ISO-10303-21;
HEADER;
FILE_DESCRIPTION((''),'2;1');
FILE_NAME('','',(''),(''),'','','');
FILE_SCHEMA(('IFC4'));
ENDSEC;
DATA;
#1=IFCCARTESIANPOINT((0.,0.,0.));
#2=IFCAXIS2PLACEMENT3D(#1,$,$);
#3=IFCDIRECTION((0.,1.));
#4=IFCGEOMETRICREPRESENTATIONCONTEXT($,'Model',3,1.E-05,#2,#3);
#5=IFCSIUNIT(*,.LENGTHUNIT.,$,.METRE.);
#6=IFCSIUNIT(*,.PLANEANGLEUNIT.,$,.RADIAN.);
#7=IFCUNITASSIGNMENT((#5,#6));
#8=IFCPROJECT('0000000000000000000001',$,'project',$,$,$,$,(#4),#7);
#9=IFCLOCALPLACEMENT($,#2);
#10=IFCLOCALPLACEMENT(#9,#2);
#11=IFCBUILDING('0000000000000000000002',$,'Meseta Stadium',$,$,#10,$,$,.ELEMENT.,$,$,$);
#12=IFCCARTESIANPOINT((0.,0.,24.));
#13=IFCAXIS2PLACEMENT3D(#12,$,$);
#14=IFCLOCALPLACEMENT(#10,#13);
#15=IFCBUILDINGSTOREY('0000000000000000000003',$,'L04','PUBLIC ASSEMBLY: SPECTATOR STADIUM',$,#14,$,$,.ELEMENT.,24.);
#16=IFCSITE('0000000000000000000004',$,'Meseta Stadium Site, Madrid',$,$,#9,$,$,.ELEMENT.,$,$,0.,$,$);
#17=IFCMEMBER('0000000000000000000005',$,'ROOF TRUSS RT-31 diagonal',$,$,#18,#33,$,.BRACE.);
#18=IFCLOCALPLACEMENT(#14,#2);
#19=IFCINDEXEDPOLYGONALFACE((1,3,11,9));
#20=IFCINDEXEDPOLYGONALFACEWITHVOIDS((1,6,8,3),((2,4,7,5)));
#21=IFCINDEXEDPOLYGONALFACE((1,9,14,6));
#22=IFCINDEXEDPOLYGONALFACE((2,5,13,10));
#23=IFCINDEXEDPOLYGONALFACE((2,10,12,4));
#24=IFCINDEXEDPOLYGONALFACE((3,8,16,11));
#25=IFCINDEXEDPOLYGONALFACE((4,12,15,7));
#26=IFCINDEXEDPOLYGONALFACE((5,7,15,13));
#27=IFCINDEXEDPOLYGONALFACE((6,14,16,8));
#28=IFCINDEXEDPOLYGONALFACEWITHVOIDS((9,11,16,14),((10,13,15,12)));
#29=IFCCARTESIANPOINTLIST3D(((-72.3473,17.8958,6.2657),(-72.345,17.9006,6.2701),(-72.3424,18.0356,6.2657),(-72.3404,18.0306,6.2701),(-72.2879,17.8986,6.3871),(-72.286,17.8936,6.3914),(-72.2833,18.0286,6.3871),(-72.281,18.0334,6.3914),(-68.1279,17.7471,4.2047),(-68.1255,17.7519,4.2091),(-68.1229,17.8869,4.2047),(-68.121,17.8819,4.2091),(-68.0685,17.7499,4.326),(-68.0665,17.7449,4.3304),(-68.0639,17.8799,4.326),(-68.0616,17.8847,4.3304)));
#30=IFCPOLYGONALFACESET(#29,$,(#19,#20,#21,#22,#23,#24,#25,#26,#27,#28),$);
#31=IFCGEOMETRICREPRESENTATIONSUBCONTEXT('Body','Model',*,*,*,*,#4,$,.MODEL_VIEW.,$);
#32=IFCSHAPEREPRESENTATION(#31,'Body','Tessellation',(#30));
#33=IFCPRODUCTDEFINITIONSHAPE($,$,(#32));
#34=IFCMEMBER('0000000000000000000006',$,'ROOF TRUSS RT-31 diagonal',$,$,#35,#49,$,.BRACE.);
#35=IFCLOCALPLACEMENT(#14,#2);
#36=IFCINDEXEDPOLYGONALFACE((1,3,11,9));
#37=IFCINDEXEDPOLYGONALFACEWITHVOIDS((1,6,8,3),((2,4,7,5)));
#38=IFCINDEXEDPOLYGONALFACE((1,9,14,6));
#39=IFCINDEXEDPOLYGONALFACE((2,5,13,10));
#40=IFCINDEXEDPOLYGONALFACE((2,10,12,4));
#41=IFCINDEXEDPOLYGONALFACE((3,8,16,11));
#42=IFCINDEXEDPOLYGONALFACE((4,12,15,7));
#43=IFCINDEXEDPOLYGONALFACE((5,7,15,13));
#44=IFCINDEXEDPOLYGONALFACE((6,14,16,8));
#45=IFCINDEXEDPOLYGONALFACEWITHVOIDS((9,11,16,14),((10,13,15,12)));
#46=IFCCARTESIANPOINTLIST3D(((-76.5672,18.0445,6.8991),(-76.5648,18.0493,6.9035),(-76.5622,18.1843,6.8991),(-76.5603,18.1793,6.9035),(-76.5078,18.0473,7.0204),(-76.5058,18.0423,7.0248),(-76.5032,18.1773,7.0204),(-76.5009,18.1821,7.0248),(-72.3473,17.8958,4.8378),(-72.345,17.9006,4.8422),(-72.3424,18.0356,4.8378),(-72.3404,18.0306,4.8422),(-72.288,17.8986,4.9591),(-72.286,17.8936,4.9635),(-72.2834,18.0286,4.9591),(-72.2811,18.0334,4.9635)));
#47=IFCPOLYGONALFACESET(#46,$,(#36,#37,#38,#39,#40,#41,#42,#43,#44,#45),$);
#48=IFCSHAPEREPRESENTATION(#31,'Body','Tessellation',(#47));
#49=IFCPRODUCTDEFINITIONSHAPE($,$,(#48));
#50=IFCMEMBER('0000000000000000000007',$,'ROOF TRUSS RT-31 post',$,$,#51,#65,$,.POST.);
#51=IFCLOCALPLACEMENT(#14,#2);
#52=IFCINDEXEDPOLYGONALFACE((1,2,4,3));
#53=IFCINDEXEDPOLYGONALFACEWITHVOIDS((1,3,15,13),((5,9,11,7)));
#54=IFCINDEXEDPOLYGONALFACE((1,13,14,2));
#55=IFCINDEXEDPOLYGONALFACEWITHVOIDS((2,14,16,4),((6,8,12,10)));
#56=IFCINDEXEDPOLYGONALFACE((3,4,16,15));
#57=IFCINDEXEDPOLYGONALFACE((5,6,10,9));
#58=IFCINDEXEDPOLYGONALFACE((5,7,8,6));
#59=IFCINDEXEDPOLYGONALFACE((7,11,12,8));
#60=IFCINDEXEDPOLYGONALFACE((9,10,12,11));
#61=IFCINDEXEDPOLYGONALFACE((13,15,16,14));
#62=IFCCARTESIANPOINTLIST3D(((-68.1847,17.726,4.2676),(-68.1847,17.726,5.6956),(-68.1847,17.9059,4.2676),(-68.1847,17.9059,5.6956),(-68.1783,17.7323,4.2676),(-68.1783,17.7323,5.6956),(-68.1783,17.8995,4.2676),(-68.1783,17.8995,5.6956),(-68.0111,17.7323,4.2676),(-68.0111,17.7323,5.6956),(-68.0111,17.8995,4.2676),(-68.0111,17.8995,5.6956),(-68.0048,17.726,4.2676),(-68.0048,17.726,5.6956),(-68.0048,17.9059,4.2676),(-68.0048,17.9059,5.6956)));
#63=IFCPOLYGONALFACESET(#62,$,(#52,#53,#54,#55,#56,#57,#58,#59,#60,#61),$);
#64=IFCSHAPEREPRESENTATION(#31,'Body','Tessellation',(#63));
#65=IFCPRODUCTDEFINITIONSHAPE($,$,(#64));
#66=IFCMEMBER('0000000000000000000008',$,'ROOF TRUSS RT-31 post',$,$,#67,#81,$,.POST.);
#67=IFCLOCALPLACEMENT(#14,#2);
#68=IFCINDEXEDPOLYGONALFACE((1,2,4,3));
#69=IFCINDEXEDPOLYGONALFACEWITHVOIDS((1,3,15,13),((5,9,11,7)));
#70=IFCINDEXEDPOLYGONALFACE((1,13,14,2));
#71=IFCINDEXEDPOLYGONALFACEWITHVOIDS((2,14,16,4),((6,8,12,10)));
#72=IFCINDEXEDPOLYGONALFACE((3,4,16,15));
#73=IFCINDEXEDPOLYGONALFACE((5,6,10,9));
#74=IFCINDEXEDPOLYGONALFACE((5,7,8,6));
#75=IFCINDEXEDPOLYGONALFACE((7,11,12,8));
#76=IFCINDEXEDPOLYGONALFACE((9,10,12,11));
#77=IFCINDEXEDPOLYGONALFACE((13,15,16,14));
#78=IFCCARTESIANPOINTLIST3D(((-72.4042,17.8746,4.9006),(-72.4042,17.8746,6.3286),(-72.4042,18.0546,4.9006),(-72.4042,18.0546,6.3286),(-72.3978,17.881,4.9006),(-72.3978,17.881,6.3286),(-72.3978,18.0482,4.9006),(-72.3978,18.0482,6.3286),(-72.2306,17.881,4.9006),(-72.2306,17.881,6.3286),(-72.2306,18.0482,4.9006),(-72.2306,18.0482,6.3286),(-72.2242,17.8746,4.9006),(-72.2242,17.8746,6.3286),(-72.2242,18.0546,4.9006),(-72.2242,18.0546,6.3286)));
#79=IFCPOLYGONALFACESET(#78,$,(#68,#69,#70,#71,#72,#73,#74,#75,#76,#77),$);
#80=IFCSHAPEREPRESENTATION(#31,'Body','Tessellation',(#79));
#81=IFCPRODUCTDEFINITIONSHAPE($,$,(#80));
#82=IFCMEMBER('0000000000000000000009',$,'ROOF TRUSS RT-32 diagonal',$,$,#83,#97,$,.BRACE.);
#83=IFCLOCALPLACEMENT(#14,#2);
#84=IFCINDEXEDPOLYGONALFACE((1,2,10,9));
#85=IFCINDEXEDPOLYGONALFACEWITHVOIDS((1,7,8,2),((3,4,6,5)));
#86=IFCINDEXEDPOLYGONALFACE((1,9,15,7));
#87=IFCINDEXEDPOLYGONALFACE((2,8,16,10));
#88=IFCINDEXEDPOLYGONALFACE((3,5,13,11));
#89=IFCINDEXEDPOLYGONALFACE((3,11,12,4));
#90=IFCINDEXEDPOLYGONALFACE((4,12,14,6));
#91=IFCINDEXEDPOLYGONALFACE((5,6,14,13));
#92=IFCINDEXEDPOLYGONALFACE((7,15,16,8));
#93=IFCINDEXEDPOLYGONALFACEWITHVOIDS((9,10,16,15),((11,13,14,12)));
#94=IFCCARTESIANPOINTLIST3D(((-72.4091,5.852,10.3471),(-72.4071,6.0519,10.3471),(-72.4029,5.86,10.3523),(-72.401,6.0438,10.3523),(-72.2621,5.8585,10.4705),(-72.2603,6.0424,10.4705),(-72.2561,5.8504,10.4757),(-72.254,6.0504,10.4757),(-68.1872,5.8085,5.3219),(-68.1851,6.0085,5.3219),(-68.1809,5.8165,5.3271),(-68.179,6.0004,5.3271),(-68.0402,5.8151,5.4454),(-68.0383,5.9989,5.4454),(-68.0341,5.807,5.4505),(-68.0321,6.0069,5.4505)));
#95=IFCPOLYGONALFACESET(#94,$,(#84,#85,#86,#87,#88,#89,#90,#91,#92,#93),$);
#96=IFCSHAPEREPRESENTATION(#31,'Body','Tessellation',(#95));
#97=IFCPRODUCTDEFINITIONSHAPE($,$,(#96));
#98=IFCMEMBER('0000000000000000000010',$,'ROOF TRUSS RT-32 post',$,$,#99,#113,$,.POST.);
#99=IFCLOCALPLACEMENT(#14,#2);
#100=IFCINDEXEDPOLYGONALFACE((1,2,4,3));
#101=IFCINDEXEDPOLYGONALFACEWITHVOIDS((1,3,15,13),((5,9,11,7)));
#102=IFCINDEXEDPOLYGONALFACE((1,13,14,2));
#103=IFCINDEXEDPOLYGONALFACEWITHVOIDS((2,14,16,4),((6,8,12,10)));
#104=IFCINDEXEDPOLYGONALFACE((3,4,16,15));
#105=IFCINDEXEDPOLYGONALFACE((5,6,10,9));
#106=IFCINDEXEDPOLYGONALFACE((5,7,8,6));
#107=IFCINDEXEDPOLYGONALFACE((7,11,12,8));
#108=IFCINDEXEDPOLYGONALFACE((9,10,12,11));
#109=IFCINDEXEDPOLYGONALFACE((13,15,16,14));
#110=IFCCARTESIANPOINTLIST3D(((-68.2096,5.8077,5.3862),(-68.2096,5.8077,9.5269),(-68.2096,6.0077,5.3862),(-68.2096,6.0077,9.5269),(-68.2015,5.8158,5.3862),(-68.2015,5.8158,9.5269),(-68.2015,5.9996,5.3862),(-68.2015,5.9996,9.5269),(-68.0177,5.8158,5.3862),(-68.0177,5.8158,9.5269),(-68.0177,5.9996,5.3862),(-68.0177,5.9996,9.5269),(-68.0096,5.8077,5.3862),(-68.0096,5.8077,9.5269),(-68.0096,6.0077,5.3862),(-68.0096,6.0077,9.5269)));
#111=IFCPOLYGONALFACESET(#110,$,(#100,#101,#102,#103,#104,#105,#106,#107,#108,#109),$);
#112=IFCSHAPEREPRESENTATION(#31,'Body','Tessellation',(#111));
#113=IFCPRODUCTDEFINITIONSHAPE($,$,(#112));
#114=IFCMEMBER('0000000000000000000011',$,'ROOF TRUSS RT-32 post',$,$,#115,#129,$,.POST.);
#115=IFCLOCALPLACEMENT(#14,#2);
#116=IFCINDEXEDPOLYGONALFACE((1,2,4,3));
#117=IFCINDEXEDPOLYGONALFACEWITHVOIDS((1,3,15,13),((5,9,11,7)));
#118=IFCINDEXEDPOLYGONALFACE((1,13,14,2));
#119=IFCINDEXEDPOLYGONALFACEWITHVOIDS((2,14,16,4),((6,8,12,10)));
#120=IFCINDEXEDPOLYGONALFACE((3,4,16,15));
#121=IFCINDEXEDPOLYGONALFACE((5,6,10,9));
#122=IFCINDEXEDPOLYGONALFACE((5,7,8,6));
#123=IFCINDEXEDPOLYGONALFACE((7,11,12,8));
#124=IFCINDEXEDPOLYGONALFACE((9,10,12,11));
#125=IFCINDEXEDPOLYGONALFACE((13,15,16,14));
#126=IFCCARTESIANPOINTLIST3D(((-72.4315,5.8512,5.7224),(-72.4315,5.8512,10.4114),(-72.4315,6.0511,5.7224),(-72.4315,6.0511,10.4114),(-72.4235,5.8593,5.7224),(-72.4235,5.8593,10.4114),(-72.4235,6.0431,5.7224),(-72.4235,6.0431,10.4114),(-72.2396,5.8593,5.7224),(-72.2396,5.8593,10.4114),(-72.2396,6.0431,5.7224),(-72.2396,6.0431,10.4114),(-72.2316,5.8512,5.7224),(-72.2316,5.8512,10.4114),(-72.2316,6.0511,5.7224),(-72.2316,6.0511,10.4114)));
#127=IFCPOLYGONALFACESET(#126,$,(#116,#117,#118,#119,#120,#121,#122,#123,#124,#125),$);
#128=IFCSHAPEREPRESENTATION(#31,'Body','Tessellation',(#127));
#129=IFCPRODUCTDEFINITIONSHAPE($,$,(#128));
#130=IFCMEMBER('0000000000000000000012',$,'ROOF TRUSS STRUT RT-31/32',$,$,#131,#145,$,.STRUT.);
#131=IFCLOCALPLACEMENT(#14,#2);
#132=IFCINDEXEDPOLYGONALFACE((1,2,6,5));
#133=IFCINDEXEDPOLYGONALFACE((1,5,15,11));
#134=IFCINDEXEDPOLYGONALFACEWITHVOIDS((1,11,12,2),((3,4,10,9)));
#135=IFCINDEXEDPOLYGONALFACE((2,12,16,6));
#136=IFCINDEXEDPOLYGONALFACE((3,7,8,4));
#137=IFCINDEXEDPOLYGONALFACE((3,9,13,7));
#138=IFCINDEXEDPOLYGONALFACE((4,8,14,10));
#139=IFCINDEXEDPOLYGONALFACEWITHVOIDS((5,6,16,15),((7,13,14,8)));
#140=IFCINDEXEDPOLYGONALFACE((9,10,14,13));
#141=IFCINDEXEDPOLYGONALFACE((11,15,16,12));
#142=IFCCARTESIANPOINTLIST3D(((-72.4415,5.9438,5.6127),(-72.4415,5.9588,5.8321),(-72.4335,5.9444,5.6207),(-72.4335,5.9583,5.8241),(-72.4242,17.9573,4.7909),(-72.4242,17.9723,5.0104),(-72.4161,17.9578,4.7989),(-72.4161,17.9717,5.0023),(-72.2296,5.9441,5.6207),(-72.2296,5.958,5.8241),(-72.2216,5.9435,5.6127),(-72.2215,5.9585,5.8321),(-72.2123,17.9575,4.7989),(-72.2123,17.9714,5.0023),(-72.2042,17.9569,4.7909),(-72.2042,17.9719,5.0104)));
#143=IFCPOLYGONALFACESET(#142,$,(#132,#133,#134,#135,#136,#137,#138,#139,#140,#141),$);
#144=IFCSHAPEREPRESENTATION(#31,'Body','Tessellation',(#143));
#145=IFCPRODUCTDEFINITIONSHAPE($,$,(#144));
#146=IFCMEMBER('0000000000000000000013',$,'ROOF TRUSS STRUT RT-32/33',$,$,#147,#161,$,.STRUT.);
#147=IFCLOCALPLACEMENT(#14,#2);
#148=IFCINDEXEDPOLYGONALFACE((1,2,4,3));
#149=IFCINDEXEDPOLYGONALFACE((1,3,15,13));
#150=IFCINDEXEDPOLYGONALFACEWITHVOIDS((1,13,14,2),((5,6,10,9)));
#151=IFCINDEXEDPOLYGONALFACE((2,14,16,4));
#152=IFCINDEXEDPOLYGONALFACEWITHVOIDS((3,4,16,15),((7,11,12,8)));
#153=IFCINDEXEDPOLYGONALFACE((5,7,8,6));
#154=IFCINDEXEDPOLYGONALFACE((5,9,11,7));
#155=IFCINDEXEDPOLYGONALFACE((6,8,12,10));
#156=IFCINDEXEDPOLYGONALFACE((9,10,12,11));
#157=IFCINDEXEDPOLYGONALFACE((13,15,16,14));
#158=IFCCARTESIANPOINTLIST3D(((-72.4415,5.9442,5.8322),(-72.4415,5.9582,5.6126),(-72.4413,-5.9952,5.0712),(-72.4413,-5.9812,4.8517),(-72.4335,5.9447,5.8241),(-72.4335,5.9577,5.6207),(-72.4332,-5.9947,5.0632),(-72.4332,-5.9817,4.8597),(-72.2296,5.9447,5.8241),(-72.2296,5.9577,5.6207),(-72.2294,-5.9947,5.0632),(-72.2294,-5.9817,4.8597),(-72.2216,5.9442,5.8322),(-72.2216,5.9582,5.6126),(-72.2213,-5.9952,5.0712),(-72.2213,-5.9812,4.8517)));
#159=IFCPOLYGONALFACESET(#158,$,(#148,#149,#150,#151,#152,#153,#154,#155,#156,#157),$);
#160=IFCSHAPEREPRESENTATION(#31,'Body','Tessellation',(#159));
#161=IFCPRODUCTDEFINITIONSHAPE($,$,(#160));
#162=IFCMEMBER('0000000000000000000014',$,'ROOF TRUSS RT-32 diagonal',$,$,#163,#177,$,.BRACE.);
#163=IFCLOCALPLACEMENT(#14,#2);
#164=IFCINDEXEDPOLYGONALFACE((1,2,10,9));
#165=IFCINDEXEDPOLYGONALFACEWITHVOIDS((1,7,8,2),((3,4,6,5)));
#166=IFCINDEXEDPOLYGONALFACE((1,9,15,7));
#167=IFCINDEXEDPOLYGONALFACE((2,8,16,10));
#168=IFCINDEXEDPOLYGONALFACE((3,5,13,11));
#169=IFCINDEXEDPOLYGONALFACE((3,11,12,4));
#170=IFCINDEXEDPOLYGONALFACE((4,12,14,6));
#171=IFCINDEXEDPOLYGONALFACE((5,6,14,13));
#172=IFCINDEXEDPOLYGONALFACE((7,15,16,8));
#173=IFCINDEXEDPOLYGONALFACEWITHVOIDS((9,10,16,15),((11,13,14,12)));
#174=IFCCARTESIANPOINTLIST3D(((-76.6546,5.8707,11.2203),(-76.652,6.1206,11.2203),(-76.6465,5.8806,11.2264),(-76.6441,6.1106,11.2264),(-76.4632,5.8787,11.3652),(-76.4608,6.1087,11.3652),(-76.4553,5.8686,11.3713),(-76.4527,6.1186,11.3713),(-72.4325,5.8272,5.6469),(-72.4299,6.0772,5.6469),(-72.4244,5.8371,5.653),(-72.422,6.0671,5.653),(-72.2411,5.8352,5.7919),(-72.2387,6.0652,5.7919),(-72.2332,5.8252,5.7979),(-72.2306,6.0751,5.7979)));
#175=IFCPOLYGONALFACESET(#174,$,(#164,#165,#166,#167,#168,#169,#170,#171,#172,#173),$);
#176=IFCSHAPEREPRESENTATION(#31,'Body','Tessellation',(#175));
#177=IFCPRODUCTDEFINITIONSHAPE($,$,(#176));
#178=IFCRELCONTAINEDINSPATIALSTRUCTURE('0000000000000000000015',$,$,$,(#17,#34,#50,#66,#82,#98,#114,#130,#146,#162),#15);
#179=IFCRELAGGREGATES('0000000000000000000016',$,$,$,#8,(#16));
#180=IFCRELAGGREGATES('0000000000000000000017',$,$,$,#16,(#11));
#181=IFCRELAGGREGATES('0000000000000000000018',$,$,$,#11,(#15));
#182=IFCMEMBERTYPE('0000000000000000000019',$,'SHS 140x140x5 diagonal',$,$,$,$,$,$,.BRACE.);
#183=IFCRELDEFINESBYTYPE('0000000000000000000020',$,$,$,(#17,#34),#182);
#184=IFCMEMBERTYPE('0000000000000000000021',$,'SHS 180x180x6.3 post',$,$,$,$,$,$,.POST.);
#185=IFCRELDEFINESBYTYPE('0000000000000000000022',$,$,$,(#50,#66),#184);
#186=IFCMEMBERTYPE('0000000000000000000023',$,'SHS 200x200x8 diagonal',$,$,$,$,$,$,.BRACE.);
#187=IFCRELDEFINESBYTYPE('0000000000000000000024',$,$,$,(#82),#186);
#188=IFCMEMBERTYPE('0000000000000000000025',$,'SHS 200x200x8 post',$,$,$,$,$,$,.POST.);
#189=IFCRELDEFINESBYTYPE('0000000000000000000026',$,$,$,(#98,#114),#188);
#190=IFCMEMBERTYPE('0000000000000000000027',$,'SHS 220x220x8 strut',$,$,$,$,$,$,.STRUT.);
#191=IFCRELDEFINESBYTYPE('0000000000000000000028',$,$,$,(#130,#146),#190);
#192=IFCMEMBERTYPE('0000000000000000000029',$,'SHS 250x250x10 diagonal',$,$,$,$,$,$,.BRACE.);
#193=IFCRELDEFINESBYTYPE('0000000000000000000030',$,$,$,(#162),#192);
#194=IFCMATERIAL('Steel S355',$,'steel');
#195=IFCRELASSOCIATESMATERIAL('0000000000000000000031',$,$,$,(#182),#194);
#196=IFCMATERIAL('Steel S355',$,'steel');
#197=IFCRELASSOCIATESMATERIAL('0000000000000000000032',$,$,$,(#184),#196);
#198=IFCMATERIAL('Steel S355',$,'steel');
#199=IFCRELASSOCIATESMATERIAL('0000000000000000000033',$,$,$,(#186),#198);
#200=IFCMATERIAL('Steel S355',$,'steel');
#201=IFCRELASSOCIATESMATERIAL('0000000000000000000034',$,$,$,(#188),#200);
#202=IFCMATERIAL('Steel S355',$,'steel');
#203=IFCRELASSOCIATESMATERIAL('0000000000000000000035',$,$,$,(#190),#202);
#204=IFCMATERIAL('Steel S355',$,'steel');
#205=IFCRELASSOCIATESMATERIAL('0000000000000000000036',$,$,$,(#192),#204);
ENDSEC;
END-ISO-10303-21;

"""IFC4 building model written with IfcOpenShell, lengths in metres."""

from ifc_helpers import new_model, si_unit, direction, frame, origin, origin_2d, place, context, subcontext, project, spatial, hollow_rectangle, extrude, material, material_profile, profile_set, type_object, element, save


model = new_model("IFC4")

# Units and contexts
model_context = context("Model", 3, precision=1e-05, world=origin(), true_north=direction((0.0, 1.0)))
body_context = subcontext(model_context, "Body", "Model", "MODEL_VIEW")
ifc_project = project(units=[si_unit("LENGTHUNIT", "METRE"), si_unit("PLANEANGLEUNIT", "RADIAN")], contexts=[model_context])

# Site, building, storey
site_placement = place(None, origin())
site = spatial("IfcSite", under=ifc_project, at=site_placement, Name="Meseta Stadium Site, Madrid", CompositionType="ELEMENT", RefElevation=0.0)
building_placement = place(site_placement, origin())
building = spatial("IfcBuilding", under=site, at=building_placement, Name="Meseta Stadium", CompositionType="ELEMENT")
storey_placement = place(building_placement, frame((0.0, 0.0, 24.0)))
storey = spatial("IfcBuildingStorey", under=building, at=storey_placement, Name="L04", Description="PUBLIC ASSEMBLY: SPECTATOR STADIUM", CompositionType="ELEMENT", Elevation=24.0)

# Members
ifc_material_1 = material(Name="Steel S355", Category="steel")
ifc_material_profile_1 = material_profile(ifc_material_1, hollow_rectangle(XDim=0.1399, YDim=0.1399, WallThickness=0.0049, at=origin_2d()), Name="SHS 140x140x5")
ifc_profile_set_1 = profile_set([ifc_material_profile_1], Name="Steel S355")
member_type_1 = type_object("IfcMemberType", Name="SHS 140x140x5 diagonal", PredefinedType="BRACE", material=ifc_profile_set_1)
member_1_placement = place(storey_placement, frame((-68.0947, 17.8159, 4.2676), z_axis=(-0.898087, 0.031646, 0.438677), x_axis=(-0.035215, -0.99938, 0.0)))
element("IfcMember", 1, at=member_1_placement, inside=storey, type_object=member_type_1, Name="ROOF TRUSS RT-31 diagonal", PredefinedType="BRACE", context=body_context, shape_type="SweptSolid", body=[
    extrude(hollow_rectangle(XDim=0.1399, YDim=0.1399, WallThickness=0.0049, at=origin_2d()), origin(), (0.0, 0.0, 1.0), 4.6982),
])
member_2_placement = place(storey_placement, frame((-72.3142, 17.9646, 4.9006), z_axis=(-0.898077, 0.031644, 0.438698), x_axis=(-0.035213, -0.99938, 0.0)))
element("IfcMember", 2, at=member_2_placement, inside=storey, type_object=member_type_1, Name="ROOF TRUSS RT-31 diagonal", PredefinedType="BRACE", context=body_context, shape_type="SweptSolid", body=[
    extrude(hollow_rectangle(XDim=0.1399, YDim=0.1399, WallThickness=0.0049, at=origin_2d()), origin(), (0.0, 0.0, 1.0), 4.6987),
])
ifc_material_2 = material(Name="Steel S355", Category="steel")
ifc_material_profile_2 = material_profile(ifc_material_2, hollow_rectangle(XDim=0.1799, YDim=0.1799, WallThickness=0.0063, at=origin_2d()), Name="SHS 180x180x6.3")
ifc_profile_set_2 = profile_set([ifc_material_profile_2], Name="Steel S355")
member_type_2 = type_object("IfcMemberType", Name="SHS 180x180x6.3 post", PredefinedType="POST", material=ifc_profile_set_2)
for number, where, z_axis, x_axis, name in (
    (3, (-68.0947, 17.8159, 4.2676), (0.0, 0.0, 1.0), (1.0, 0.0, 0.0), "ROOF TRUSS RT-31 post"),
    (4, (-72.3142, 17.9646, 4.9006), (0.0, 0.0, 1.0), (1.0, 0.0, 0.0), "ROOF TRUSS RT-31 post"),
):
    element("IfcMember", number, at=place(storey_placement, frame(where, z_axis=z_axis, x_axis=x_axis)), inside=storey, type_object=member_type_2, Name=name, PredefinedType="POST", context=body_context, shape_type="SweptSolid", body=[
        extrude(hollow_rectangle(XDim=0.1799, YDim=0.1799, WallThickness=0.0063, at=origin_2d()), origin(), (0.0, 0.0, 1.0), 1.428),
    ])
ifc_material_3 = material(Name="Steel S355", Category="steel")
ifc_material_profile_3 = material_profile(ifc_material_3, hollow_rectangle(XDim=0.2, YDim=0.2, WallThickness=0.0081, at=origin_2d()), Name="SHS 200x200x8")
ifc_profile_set_3 = profile_set([ifc_material_profile_3], Name="Steel S355")
member_type_3 = type_object("IfcMemberType", Name="SHS 200x200x8 diagonal", PredefinedType="BRACE", material=ifc_profile_set_3)
member_3_placement = place(storey_placement, frame((-68.1096, 5.9077, 5.3862), z_axis=(-0.64325, 0.006621, 0.765628), x_axis=(-0.010293, -0.999947, 0.0)))
element("IfcMember", 5, at=member_3_placement, inside=storey, type_object=member_type_3, Name="ROOF TRUSS RT-32 diagonal", PredefinedType="BRACE", context=body_context, shape_type="SweptSolid", body=[
    extrude(hollow_rectangle(XDim=0.2, YDim=0.2, WallThickness=0.0081, at=origin_2d()), origin(), (0.0, 0.0, 1.0), 6.5635),
])
ifc_material_4 = material(Name="Steel S355", Category="steel")
ifc_material_profile_4 = material_profile(ifc_material_4, hollow_rectangle(XDim=0.2, YDim=0.2, WallThickness=0.0081, at=origin_2d()), Name="SHS 200x200x8")
ifc_profile_set_4 = profile_set([ifc_material_profile_4], Name="Steel S355")
member_type_4 = type_object("IfcMemberType", Name="SHS 200x200x8 post", PredefinedType="POST", material=ifc_profile_set_4)
member_4_placement = place(storey_placement, frame((-68.1096, 5.9077, 5.3862), z_axis=(0.0, 0.0, 1.0), x_axis=(1.0, 0.0, 0.0)))
element("IfcMember", 6, at=member_4_placement, inside=storey, type_object=member_type_4, Name="ROOF TRUSS RT-32 post", PredefinedType="POST", context=body_context, shape_type="SweptSolid", body=[
    extrude(hollow_rectangle(XDim=0.2, YDim=0.2, WallThickness=0.0081, at=origin_2d()), origin(), (0.0, 0.0, 1.0), 4.1406),
])
member_5_placement = place(storey_placement, frame((-72.3315, 5.9512, 5.7224), z_axis=(0.0, 0.0, 1.0), x_axis=(1.0, 0.0, 0.0)))
element("IfcMember", 7, at=member_5_placement, inside=storey, type_object=member_type_4, Name="ROOF TRUSS RT-32 post", PredefinedType="POST", context=body_context, shape_type="SweptSolid", body=[
    extrude(hollow_rectangle(XDim=0.2, YDim=0.2, WallThickness=0.0081, at=origin_2d()), origin(), (0.0, 0.0, 1.0), 4.689),
])
ifc_material_5 = material(Name="Steel S355", Category="steel")
ifc_material_profile_5 = material_profile(ifc_material_5, hollow_rectangle(XDim=0.22, YDim=0.22, WallThickness=0.0081, at=origin_2d()), Name="SHS 220x220x8")
ifc_profile_set_5 = profile_set([ifc_material_profile_5], Name="Steel S355")
member_type_5 = type_object("IfcMemberType", Name="SHS 220x220x8 strut", PredefinedType="STRUT", material=ifc_profile_set_5)
member_6_placement = place(storey_placement, frame((-72.3142, 17.9646, 4.9006), z_axis=(-0.00144, -0.997668, 0.068245), x_axis=(0.999999, -0.001443, 0.0)))
element("IfcMember", 8, at=member_6_placement, inside=storey, type_object=member_type_5, Name="ROOF TRUSS STRUT RT-31/32", PredefinedType="STRUT", context=body_context, shape_type="SweptSolid", body=[
    extrude(hollow_rectangle(XDim=0.22, YDim=0.22, WallThickness=0.0081, at=origin_2d()), origin(), (0.0, 0.0, 1.0), 12.0415),
])
member_7_placement = place(storey_placement, frame((-72.3315, 5.9512, 5.7224), z_axis=(0.00002, -0.997975, -0.063608), x_axis=(1.0, 0.00002, 0.0)))
element("IfcMember", 9, at=member_7_placement, inside=storey, type_object=member_type_5, Name="ROOF TRUSS STRUT RT-32/33", PredefinedType="STRUT", context=body_context, shape_type="SweptSolid", body=[
    extrude(hollow_rectangle(XDim=0.22, YDim=0.22, WallThickness=0.0081, at=origin_2d()), origin(), (0.0, 0.0, 1.0), 11.9636),
])
ifc_material_6 = material(Name="Steel S355", Category="steel")
ifc_material_profile_6 = material_profile(ifc_material_6, hollow_rectangle(XDim=0.25, YDim=0.25, WallThickness=0.01, at=origin_2d()), Name="SHS 250x250x10")
ifc_profile_set_6 = profile_set([ifc_material_profile_6], Name="Steel S355")
member_type_6 = type_object("IfcMemberType", Name="SHS 250x250x10 diagonal", PredefinedType="BRACE", material=ifc_profile_set_6)
member_8_placement = place(storey_placement, frame((-72.3315, 5.9512, 5.7224), z_axis=(-0.603831, 0.006215, 0.797088), x_axis=(-0.010292, -0.999947, 0.0)))
element("IfcMember", 10, at=member_8_placement, inside=storey, type_object=member_type_6, Name="ROOF TRUSS RT-32 diagonal", PredefinedType="BRACE", context=body_context, shape_type="SweptSolid", body=[
    extrude(hollow_rectangle(XDim=0.25, YDim=0.25, WallThickness=0.01, at=origin_2d()), origin(), (0.0, 0.0, 1.0), 6.9922),
])

save(model, "model.ifc")
